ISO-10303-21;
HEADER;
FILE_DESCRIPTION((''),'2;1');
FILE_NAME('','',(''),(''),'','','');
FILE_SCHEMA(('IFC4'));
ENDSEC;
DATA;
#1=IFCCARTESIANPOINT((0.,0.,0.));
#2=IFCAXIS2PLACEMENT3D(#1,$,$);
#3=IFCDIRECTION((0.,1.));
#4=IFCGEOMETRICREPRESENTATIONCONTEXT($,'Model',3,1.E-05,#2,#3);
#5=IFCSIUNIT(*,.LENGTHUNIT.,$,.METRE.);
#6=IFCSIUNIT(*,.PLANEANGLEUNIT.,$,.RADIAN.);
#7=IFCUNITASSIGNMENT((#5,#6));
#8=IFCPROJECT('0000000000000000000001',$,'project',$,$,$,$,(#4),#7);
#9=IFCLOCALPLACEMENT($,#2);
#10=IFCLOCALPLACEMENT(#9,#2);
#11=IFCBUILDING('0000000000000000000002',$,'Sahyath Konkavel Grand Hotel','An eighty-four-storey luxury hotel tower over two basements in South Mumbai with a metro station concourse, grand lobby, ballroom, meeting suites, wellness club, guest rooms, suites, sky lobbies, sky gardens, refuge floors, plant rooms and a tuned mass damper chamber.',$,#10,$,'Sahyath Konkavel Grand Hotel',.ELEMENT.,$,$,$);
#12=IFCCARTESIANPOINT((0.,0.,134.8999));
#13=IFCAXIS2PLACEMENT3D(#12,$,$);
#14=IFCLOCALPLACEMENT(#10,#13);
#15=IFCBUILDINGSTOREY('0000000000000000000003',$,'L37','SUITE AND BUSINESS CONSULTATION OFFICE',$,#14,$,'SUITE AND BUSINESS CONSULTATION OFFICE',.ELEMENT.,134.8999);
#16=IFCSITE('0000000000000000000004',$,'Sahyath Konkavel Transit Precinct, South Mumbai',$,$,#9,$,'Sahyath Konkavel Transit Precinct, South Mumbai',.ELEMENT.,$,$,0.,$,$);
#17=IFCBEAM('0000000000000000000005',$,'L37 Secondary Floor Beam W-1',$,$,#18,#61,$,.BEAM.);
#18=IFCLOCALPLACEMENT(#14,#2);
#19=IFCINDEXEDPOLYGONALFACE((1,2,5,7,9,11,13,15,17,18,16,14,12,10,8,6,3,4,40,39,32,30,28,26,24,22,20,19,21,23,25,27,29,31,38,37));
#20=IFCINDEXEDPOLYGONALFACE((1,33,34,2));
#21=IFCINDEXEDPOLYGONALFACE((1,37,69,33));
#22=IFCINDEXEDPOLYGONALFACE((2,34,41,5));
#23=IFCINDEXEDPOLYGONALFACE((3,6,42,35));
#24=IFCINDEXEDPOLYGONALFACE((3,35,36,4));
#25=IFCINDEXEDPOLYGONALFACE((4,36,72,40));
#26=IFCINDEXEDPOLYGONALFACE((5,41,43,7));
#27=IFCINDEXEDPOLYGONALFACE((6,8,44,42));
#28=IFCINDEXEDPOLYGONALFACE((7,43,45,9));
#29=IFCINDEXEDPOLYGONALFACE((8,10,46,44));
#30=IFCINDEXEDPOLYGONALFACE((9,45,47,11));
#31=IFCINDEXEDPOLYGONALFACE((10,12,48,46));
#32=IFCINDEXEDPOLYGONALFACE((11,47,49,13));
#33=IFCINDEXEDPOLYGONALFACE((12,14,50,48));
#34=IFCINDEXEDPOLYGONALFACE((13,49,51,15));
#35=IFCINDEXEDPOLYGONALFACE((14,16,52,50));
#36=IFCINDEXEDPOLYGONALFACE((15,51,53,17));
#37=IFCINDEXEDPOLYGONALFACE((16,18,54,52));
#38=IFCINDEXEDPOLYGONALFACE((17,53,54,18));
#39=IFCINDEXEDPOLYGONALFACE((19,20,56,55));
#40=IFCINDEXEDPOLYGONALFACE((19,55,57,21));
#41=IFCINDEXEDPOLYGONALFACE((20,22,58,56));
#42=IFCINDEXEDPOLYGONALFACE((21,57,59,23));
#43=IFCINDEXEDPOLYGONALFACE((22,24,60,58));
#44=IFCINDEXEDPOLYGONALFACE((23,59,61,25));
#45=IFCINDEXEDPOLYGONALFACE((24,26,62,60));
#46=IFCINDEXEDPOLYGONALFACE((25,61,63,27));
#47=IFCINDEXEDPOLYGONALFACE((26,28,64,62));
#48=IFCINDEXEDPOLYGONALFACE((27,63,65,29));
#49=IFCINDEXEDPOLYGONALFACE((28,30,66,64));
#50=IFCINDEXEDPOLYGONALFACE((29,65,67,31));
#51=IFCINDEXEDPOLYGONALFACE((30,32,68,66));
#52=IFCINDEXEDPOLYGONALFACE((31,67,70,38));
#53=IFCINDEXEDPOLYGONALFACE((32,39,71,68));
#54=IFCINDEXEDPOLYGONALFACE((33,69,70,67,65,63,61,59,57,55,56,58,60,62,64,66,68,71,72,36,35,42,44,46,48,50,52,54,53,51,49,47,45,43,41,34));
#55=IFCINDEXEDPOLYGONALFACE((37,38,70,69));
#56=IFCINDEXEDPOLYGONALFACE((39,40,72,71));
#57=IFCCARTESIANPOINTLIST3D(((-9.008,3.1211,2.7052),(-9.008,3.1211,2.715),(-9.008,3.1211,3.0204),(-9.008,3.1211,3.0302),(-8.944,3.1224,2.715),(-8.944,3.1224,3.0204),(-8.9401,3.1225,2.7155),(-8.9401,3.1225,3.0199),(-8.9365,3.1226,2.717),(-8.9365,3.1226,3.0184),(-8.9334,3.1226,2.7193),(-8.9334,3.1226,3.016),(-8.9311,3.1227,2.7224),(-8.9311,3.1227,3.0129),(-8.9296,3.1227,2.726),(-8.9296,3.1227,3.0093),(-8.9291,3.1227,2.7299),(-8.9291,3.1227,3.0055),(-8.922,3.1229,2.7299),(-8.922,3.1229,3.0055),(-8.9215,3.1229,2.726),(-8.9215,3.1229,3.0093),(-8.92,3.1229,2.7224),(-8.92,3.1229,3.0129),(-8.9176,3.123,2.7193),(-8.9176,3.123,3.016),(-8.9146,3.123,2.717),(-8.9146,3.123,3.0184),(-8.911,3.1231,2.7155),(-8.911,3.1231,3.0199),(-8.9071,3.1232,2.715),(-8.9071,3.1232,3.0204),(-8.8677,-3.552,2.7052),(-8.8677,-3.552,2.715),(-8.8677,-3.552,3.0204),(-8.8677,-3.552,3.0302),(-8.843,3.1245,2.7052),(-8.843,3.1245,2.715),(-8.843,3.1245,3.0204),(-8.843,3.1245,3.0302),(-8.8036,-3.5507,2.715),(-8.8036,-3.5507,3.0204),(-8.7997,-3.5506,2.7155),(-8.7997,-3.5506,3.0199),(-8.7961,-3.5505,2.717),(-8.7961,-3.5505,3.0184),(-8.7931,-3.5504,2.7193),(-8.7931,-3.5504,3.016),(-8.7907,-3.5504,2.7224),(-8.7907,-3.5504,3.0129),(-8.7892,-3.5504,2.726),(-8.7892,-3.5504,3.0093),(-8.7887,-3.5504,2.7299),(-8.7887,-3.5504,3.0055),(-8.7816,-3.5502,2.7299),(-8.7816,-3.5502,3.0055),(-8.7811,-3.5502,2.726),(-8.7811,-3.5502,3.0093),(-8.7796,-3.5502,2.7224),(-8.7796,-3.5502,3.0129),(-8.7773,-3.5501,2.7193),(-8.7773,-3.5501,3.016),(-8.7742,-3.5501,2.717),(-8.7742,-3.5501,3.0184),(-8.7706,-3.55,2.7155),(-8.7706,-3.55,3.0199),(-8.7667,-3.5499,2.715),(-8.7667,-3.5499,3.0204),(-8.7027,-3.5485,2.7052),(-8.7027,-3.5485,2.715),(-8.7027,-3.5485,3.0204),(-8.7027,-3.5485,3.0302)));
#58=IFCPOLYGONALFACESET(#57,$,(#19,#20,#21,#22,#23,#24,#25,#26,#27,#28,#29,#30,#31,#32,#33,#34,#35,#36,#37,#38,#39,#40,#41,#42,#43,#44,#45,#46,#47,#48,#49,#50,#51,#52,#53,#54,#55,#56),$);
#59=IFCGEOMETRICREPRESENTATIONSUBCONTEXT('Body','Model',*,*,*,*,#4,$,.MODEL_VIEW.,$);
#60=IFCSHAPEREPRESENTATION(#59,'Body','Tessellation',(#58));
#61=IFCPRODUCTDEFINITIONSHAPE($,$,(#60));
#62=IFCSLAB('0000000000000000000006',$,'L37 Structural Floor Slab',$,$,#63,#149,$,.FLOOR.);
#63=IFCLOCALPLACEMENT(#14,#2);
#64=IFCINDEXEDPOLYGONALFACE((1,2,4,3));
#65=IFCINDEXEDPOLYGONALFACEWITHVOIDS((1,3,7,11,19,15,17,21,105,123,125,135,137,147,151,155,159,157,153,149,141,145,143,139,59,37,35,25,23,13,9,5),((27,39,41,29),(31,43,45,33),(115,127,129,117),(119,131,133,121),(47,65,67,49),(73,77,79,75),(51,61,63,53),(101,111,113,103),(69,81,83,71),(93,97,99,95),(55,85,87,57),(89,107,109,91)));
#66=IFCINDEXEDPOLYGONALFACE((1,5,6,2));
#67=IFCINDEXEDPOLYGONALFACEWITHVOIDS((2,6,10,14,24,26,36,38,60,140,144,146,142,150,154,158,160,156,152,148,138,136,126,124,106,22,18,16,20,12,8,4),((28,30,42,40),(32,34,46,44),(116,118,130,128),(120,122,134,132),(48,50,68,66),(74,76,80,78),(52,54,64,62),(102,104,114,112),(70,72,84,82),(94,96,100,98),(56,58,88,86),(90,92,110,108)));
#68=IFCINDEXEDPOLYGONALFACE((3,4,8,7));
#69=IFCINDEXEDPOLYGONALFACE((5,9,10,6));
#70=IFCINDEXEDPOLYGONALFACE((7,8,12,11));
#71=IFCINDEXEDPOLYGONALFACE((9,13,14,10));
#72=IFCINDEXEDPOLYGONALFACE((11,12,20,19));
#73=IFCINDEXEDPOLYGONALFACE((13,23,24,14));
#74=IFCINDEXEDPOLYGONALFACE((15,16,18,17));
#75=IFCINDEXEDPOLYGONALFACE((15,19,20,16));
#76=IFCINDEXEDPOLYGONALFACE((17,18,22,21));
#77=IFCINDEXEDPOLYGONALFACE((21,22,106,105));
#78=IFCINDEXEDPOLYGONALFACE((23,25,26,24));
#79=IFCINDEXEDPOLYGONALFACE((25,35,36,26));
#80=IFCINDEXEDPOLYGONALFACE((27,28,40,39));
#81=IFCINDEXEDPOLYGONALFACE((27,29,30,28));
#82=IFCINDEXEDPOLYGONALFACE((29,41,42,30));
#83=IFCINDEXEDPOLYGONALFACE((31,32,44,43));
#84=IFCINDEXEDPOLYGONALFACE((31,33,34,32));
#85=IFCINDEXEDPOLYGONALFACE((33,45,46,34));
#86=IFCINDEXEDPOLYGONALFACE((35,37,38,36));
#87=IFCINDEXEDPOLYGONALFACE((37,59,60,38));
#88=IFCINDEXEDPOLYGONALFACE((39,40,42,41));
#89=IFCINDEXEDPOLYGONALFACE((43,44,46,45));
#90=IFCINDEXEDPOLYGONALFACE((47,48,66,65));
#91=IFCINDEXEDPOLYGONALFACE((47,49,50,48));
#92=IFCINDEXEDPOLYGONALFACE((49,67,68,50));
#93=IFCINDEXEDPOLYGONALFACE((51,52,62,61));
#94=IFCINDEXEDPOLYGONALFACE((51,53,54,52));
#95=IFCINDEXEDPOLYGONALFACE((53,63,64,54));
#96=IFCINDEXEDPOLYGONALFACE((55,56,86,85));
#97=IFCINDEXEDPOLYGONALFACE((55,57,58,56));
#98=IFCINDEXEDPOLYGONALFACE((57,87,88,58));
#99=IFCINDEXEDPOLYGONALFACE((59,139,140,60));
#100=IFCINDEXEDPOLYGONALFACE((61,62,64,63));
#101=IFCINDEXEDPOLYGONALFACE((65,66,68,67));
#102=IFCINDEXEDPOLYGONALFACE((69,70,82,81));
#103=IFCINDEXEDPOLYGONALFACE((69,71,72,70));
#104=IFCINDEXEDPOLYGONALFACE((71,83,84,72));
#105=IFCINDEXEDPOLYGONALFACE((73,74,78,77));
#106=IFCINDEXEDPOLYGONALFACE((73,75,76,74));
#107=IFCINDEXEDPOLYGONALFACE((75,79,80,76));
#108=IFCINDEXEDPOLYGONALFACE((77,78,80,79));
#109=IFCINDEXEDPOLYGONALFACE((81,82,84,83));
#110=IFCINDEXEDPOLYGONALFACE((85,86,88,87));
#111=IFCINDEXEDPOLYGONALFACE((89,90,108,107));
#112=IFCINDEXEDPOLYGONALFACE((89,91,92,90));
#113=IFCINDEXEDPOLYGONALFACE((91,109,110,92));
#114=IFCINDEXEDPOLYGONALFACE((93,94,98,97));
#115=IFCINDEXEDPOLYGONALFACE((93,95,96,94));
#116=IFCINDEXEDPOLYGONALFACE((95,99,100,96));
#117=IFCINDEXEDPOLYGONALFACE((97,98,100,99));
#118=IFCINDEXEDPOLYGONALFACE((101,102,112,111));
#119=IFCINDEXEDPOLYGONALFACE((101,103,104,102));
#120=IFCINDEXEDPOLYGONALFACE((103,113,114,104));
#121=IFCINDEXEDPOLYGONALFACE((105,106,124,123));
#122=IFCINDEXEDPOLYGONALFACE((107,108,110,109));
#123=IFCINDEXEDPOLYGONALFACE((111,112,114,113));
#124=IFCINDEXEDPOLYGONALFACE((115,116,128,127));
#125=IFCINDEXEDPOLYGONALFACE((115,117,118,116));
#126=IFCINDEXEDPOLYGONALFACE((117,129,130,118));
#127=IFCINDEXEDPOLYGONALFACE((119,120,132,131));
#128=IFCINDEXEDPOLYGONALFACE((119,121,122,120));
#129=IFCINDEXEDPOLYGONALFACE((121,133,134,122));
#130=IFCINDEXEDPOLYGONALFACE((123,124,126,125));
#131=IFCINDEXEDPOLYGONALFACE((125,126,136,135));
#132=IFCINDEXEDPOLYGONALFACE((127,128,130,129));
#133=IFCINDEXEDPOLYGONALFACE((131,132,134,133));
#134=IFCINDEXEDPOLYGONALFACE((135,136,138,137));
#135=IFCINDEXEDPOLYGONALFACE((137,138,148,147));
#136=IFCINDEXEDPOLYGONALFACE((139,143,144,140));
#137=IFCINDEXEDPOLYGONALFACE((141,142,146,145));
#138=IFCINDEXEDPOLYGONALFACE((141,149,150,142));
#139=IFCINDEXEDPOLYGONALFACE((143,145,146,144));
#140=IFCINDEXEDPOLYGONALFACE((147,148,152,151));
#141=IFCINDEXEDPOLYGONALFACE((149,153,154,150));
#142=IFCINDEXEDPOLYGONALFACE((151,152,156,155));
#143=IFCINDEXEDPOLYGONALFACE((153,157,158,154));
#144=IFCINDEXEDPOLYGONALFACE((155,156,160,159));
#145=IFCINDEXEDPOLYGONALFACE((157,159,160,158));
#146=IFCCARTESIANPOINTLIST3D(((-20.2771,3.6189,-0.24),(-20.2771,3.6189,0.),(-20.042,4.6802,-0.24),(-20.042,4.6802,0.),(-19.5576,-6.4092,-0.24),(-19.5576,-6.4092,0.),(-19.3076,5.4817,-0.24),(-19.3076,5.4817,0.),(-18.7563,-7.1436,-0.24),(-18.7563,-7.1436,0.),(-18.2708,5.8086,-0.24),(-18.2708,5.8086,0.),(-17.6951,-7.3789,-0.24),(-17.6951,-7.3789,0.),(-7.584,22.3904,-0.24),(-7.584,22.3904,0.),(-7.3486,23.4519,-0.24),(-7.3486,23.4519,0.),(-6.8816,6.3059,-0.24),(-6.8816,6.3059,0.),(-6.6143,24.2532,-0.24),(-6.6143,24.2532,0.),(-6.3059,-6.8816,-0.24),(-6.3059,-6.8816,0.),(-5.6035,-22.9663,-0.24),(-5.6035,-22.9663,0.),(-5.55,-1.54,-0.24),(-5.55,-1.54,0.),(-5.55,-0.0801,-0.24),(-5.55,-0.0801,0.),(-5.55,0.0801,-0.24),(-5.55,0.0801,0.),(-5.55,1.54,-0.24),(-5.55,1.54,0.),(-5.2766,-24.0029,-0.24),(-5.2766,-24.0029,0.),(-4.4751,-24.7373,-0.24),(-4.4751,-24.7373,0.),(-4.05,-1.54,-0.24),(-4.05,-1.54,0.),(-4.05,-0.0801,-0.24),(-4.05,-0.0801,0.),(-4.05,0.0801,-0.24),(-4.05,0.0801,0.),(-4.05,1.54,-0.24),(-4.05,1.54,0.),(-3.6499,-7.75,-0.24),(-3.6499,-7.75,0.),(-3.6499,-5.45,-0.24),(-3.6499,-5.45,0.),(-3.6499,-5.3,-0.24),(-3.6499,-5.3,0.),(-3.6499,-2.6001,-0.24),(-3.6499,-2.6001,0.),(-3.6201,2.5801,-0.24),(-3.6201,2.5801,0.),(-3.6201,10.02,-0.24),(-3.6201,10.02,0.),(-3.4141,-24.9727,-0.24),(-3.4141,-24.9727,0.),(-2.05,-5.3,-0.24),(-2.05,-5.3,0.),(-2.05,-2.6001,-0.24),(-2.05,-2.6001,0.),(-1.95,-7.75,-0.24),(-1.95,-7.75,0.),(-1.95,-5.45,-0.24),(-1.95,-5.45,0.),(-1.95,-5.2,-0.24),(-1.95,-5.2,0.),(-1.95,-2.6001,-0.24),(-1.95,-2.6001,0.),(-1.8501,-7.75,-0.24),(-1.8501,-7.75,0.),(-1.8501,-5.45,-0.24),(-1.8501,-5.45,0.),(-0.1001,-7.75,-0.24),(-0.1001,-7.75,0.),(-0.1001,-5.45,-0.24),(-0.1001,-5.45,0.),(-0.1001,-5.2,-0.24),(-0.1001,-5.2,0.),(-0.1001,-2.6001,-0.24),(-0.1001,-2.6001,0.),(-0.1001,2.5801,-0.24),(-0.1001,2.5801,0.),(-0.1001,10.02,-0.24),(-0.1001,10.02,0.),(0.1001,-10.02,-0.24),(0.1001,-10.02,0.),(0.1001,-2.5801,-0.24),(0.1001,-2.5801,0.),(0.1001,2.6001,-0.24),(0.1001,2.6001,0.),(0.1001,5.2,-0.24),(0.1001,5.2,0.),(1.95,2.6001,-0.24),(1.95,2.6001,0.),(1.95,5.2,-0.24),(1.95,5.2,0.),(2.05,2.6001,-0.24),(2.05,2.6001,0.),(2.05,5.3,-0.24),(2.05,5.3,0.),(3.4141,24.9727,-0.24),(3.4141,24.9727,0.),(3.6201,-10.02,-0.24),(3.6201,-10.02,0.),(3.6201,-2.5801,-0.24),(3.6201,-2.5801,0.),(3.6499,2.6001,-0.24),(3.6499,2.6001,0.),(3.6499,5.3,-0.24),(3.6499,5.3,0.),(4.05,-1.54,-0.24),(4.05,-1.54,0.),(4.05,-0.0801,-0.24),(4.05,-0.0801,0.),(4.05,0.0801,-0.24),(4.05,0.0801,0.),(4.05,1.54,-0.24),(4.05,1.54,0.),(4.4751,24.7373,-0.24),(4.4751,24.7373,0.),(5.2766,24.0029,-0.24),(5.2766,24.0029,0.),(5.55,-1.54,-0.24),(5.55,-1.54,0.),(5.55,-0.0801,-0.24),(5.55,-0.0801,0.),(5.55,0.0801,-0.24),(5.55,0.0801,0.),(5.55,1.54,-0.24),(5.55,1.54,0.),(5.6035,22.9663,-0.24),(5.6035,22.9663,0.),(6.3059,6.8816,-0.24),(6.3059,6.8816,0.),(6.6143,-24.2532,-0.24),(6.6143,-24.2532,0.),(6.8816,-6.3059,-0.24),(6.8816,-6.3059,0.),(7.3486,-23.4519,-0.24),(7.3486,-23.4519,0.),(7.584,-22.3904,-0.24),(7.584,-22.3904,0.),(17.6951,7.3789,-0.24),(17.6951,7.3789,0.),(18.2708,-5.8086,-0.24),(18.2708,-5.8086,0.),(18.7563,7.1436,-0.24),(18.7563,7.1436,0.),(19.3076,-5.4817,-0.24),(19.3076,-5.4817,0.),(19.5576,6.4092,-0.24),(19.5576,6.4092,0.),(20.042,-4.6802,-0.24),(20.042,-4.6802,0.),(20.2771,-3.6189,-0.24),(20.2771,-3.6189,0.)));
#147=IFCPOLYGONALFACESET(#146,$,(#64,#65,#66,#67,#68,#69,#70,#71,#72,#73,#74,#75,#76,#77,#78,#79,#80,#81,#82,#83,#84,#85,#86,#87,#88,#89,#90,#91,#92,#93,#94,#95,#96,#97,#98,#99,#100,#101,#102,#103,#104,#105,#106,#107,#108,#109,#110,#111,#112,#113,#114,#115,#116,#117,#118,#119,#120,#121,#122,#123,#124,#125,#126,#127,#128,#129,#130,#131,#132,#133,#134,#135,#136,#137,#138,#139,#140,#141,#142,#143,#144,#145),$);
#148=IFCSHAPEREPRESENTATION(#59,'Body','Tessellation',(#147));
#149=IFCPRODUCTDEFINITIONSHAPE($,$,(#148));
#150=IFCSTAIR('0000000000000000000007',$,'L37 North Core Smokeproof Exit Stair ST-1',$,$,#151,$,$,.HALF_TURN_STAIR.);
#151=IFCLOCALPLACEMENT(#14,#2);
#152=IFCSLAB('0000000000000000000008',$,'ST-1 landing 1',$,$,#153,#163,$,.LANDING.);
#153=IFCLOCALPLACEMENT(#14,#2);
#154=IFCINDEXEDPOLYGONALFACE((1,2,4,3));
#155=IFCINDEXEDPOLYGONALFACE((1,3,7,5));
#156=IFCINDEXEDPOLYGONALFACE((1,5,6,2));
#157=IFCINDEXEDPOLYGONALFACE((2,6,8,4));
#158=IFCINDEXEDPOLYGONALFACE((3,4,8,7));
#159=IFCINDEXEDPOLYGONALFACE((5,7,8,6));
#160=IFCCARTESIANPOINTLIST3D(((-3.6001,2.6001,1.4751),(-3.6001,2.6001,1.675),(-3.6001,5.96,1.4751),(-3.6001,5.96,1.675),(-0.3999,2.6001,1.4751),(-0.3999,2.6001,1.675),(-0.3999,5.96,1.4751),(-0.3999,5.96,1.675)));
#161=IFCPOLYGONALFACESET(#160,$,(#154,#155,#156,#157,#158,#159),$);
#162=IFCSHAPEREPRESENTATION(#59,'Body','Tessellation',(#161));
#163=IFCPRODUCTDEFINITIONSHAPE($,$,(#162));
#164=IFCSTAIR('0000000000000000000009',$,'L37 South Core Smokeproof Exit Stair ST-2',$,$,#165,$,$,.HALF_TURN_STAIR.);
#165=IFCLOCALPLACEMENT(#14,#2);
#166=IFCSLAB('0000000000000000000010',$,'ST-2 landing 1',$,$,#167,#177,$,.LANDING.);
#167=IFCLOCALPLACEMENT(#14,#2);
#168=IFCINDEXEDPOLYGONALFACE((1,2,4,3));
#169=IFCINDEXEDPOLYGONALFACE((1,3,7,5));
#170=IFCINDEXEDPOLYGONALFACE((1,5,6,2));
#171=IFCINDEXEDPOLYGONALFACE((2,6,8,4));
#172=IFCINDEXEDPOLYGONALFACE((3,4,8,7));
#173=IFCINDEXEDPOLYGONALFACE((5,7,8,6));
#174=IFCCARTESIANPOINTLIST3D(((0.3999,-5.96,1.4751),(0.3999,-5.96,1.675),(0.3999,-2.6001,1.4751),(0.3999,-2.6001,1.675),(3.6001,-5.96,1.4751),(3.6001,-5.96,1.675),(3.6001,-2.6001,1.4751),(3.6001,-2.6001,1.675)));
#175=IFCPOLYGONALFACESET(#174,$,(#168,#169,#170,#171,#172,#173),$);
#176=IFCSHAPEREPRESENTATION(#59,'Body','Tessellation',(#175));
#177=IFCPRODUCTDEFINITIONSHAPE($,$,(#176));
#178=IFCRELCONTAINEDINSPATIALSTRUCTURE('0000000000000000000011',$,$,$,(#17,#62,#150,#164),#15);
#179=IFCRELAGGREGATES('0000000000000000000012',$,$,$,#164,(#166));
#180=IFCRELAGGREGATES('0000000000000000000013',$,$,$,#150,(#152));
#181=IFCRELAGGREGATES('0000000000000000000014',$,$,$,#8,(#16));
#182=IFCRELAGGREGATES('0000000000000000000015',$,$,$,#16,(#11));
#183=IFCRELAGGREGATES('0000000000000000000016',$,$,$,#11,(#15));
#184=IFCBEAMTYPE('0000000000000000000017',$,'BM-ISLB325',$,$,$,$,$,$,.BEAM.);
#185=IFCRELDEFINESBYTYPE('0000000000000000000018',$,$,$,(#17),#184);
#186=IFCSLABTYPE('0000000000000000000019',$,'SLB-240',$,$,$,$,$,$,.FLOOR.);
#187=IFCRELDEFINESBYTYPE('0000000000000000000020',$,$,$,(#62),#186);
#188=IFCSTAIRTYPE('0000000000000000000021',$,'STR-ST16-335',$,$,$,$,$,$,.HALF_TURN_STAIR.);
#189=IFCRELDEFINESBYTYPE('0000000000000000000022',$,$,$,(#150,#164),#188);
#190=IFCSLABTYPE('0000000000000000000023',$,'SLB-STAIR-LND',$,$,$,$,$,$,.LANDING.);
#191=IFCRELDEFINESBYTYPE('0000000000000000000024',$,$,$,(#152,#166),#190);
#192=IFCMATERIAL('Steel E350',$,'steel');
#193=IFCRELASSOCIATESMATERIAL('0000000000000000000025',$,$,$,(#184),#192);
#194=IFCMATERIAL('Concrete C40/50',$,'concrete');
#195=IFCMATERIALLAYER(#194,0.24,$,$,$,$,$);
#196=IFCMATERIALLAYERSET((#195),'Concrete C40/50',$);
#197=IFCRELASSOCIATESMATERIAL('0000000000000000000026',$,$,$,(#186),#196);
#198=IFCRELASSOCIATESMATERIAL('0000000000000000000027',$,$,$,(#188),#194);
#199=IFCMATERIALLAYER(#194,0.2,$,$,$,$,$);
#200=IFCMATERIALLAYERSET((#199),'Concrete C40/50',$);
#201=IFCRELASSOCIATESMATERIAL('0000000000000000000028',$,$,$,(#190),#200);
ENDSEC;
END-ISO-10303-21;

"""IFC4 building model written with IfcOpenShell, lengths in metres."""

from ifc_helpers import new_model, si_unit, direction, frame, origin, origin_2d, place, context, subcontext, project, spatial, polyline, i_section, outline, extrude, source, transform, mapped, material, layer, layer_set, material_profile, profile_set, type_object, element, aggregate, save


model = new_model("IFC4")

# Units and contexts
model_context = context("Model", 3, precision=1e-05, world=origin(), true_north=direction((0.0, 1.0)))
body_context = subcontext(model_context, "Body", "Model", "MODEL_VIEW")
ifc_project = project(units=[si_unit("LENGTHUNIT", "METRE"), si_unit("PLANEANGLEUNIT", "RADIAN")], contexts=[model_context])

# Site, building, storey
site_placement = place(None, origin())
site = spatial("IfcSite", under=ifc_project, at=site_placement, Name="Sahyath Konkavel Transit Precinct, South Mumbai", LongName="Sahyath Konkavel Transit Precinct, South Mumbai", CompositionType="ELEMENT", RefElevation=0.0)
building_placement = place(site_placement, origin())
building = spatial("IfcBuilding", under=site, at=building_placement, Name="Sahyath Konkavel Grand Hotel", Description="An eighty-four-storey luxury hotel tower over two basements in South Mumbai with a metro station concourse, grand lobby, ballroom, meeting suites, wellness club, guest rooms, suites, sky lobbies, sky gardens, refuge floors, plant rooms and a tuned mass damper chamber.", LongName="Sahyath Konkavel Grand Hotel", CompositionType="ELEMENT")
storey_placement = place(building_placement, frame((0.0, 0.0, 134.8999)))
storey = spatial("IfcBuildingStorey", under=building, at=storey_placement, Name="L37", Description="SUITE AND BUSINESS CONSULTATION OFFICE", LongName="SUITE AND BUSINESS CONSULTATION OFFICE", CompositionType="ELEMENT", Elevation=134.8999)

# Beam
ifc_material_1 = material(Name="Steel E350", Category="steel")
ifc_material_profile_1 = material_profile(ifc_material_1, i_section(OverallWidth=0.165, OverallDepth=0.325, WebThickness=0.0071, FlangeThickness=0.0098, FilletRadius=0.0149, at=origin_2d()), Name="ISLB 325")
ifc_profile_set_1 = profile_set([ifc_material_profile_1], Name="Steel E350")
beam_type_1 = type_object("IfcBeamType", Name="BM-ISLB325", PredefinedType="BEAM", material=ifc_profile_set_1)
shared_shape_1 = source(origin(), body_context, "Body", "SweptSolid", [
    extrude(i_section(OverallWidth=0.165, OverallDepth=0.325, WebThickness=0.0071, FlangeThickness=0.0098, FilletRadius=0.0149, at=origin_2d()), origin(), (0.0, 0.0, 1.0), 6.6746),
])
beam_1_placement = place(storey_placement, frame((-8.9255, 3.1228, 2.8677), z_axis=(0.021032, -0.999779, 0.0), x_axis=(0.999779, 0.021032, 0.0)))
element("IfcBeam", 1, at=beam_1_placement, inside=storey, type_object=beam_type_1, Name="L37 Secondary Floor Beam W-1", PredefinedType="BEAM", context=body_context, shape_type="MappedRepresentation", body=[
    mapped(shared_shape_1, transform((0.0, 0.0, 0.0), scale=1.0)),
])

# Slab
ifc_material_2 = material(Name="Concrete C40/50", Category="concrete")
ifc_layer_1 = layer(ifc_material_2, 0.24)
ifc_layer_set_1 = layer_set([ifc_layer_1], Name="Concrete C40/50")
slab_type_1 = type_object("IfcSlabType", Name="SLB-240", PredefinedType="FLOOR", material=ifc_layer_set_1)
slab_1_placement = place(storey_placement, frame((0.0, 0.0, -0.24)))
element("IfcSlab", 2, at=slab_1_placement, inside=storey, type_object=slab_type_1, Name="L37 Structural Floor Slab", PredefinedType="FLOOR", context=body_context, shape_type="SweptSolid", body=[
    extrude(outline(polyline([(6.8816, -6.3059), (18.2708, -5.8086), (19.3076, -5.4817), (20.042, -4.6802), (20.2771, -3.6189), (19.5576, 6.4092), (18.7563, 7.1436), (17.6951, 7.3789), (6.3059, 6.8816), (5.6035, 22.9663), (5.2766, 24.0029), (4.4751, 24.7373), (3.4141, 24.9727), (-6.6143, 24.2532), (-7.3486, 23.4519), (-7.584, 22.3904), (-6.8816, 6.3059), (-18.2708, 5.8086), (-19.3076, 5.4817), (-20.042, 4.6802), (-20.2771, 3.6189), (-19.5576, -6.4092), (-18.7563, -7.1436), (-17.6951, -7.3789), (-6.3059, -6.8816), (-5.6035, -22.9663), (-5.2766, -24.0029), (-4.4751, -24.7373), (-3.4141, -24.9727), (6.6143, -24.2532), (7.3486, -23.4519), (7.584, -22.3904), (6.8816, -6.3059)]), holes=[polyline([(-3.6201, 2.5801), (-0.1001, 2.5801), (-0.1001, 10.02), (-3.6201, 10.02), (-3.6201, 2.5801)]), polyline([(0.1001, -10.02), (3.6201, -10.02), (3.6201, -2.5801), (0.1001, -2.5801), (0.1001, -10.02)]), polyline([(0.1001, 2.6001), (1.95, 2.6001), (1.95, 5.2), (0.1001, 5.2), (0.1001, 2.6001)]), polyline([(-1.95, -5.2), (-0.1001, -5.2), (-0.1001, -2.6001), (-1.95, -2.6001), (-1.95, -5.2)]), polyline([(2.05, 2.6001), (3.6499, 2.6001), (3.6499, 5.3), (2.05, 5.3), (2.05, 2.6001)]), polyline([(-3.6499, -5.3), (-2.05, -5.3), (-2.05, -2.6001), (-3.6499, -2.6001), (-3.6499, -5.3)]), polyline([(-3.6499, -7.75), (-1.95, -7.75), (-1.95, -5.45), (-3.6499, -5.45), (-3.6499, -7.75)]), polyline([(-1.8501, -7.75), (-0.1001, -7.75), (-0.1001, -5.45), (-1.8501, -5.45), (-1.8501, -7.75)]), polyline([(4.05, 0.0801), (5.55, 0.0801), (5.55, 1.54), (4.05, 1.54), (4.05, 0.0801)]), polyline([(4.05, -1.54), (5.55, -1.54), (5.55, -0.0801), (4.05, -0.0801), (4.05, -1.54)]), polyline([(-5.55, 0.0801), (-4.05, 0.0801), (-4.05, 1.54), (-5.55, 1.54), (-5.55, 0.0801)]), polyline([(-5.55, -1.54), (-4.05, -1.54), (-4.05, -0.0801), (-5.55, -0.0801), (-5.55, -1.54)])]), origin(), (0.0, 0.0, 1.0), 0.24),
])

# Stairs, slabs
stair_type = type_object("IfcStairType", Name="STR-ST16-335", PredefinedType="HALF_TURN_STAIR", material=ifc_material_2)
stair_1_placement = place(storey_placement, origin())
stair_1 = element("IfcStair", 3, at=stair_1_placement, inside=storey, type_object=stair_type, Name="L37 North Core Smokeproof Exit Stair ST-1", PredefinedType="HALF_TURN_STAIR")
ifc_layer_2 = layer(ifc_material_2, 0.2)
ifc_layer_set_2 = layer_set([ifc_layer_2], Name="Concrete C40/50")
slab_type_2 = type_object("IfcSlabType", Name="SLB-STAIR-LND", PredefinedType="LANDING", material=ifc_layer_set_2)
slab_2_placement = place(storey_placement, frame((0.0, 0.0, 1.4751)))
slab_2 = element("IfcSlab", 4, at=slab_2_placement, type_object=slab_type_2, Name="ST-1 landing 1", PredefinedType="LANDING", context=body_context, shape_type="SweptSolid", body=[
    extrude(outline(polyline([(-3.6001, 5.96), (-3.6001, 2.6001), (-0.3999, 2.6001), (-0.3999, 5.96), (-3.6001, 5.96)])), origin(), (0.0, 0.0, 1.0), 0.2),
])
stair_2_placement = place(storey_placement, origin())
stair_2 = element("IfcStair", 5, at=stair_2_placement, inside=storey, type_object=stair_type, Name="L37 South Core Smokeproof Exit Stair ST-2", PredefinedType="HALF_TURN_STAIR")
slab_3_placement = place(storey_placement, frame((0.0, 0.0, 1.4751)))
slab_3 = element("IfcSlab", 6, at=slab_3_placement, type_object=slab_type_2, Name="ST-2 landing 1", PredefinedType="LANDING", context=body_context, shape_type="SweptSolid", body=[
    extrude(outline(polyline([(3.6001, -5.96), (3.6001, -2.6001), (0.3999, -2.6001), (0.3999, -5.96), (3.6001, -5.96)])), origin(), (0.0, 0.0, 1.0), 0.2),
])
aggregate(stair_2, [slab_3])

aggregate(stair_1, [slab_2])

save(model, "model.ifc")
